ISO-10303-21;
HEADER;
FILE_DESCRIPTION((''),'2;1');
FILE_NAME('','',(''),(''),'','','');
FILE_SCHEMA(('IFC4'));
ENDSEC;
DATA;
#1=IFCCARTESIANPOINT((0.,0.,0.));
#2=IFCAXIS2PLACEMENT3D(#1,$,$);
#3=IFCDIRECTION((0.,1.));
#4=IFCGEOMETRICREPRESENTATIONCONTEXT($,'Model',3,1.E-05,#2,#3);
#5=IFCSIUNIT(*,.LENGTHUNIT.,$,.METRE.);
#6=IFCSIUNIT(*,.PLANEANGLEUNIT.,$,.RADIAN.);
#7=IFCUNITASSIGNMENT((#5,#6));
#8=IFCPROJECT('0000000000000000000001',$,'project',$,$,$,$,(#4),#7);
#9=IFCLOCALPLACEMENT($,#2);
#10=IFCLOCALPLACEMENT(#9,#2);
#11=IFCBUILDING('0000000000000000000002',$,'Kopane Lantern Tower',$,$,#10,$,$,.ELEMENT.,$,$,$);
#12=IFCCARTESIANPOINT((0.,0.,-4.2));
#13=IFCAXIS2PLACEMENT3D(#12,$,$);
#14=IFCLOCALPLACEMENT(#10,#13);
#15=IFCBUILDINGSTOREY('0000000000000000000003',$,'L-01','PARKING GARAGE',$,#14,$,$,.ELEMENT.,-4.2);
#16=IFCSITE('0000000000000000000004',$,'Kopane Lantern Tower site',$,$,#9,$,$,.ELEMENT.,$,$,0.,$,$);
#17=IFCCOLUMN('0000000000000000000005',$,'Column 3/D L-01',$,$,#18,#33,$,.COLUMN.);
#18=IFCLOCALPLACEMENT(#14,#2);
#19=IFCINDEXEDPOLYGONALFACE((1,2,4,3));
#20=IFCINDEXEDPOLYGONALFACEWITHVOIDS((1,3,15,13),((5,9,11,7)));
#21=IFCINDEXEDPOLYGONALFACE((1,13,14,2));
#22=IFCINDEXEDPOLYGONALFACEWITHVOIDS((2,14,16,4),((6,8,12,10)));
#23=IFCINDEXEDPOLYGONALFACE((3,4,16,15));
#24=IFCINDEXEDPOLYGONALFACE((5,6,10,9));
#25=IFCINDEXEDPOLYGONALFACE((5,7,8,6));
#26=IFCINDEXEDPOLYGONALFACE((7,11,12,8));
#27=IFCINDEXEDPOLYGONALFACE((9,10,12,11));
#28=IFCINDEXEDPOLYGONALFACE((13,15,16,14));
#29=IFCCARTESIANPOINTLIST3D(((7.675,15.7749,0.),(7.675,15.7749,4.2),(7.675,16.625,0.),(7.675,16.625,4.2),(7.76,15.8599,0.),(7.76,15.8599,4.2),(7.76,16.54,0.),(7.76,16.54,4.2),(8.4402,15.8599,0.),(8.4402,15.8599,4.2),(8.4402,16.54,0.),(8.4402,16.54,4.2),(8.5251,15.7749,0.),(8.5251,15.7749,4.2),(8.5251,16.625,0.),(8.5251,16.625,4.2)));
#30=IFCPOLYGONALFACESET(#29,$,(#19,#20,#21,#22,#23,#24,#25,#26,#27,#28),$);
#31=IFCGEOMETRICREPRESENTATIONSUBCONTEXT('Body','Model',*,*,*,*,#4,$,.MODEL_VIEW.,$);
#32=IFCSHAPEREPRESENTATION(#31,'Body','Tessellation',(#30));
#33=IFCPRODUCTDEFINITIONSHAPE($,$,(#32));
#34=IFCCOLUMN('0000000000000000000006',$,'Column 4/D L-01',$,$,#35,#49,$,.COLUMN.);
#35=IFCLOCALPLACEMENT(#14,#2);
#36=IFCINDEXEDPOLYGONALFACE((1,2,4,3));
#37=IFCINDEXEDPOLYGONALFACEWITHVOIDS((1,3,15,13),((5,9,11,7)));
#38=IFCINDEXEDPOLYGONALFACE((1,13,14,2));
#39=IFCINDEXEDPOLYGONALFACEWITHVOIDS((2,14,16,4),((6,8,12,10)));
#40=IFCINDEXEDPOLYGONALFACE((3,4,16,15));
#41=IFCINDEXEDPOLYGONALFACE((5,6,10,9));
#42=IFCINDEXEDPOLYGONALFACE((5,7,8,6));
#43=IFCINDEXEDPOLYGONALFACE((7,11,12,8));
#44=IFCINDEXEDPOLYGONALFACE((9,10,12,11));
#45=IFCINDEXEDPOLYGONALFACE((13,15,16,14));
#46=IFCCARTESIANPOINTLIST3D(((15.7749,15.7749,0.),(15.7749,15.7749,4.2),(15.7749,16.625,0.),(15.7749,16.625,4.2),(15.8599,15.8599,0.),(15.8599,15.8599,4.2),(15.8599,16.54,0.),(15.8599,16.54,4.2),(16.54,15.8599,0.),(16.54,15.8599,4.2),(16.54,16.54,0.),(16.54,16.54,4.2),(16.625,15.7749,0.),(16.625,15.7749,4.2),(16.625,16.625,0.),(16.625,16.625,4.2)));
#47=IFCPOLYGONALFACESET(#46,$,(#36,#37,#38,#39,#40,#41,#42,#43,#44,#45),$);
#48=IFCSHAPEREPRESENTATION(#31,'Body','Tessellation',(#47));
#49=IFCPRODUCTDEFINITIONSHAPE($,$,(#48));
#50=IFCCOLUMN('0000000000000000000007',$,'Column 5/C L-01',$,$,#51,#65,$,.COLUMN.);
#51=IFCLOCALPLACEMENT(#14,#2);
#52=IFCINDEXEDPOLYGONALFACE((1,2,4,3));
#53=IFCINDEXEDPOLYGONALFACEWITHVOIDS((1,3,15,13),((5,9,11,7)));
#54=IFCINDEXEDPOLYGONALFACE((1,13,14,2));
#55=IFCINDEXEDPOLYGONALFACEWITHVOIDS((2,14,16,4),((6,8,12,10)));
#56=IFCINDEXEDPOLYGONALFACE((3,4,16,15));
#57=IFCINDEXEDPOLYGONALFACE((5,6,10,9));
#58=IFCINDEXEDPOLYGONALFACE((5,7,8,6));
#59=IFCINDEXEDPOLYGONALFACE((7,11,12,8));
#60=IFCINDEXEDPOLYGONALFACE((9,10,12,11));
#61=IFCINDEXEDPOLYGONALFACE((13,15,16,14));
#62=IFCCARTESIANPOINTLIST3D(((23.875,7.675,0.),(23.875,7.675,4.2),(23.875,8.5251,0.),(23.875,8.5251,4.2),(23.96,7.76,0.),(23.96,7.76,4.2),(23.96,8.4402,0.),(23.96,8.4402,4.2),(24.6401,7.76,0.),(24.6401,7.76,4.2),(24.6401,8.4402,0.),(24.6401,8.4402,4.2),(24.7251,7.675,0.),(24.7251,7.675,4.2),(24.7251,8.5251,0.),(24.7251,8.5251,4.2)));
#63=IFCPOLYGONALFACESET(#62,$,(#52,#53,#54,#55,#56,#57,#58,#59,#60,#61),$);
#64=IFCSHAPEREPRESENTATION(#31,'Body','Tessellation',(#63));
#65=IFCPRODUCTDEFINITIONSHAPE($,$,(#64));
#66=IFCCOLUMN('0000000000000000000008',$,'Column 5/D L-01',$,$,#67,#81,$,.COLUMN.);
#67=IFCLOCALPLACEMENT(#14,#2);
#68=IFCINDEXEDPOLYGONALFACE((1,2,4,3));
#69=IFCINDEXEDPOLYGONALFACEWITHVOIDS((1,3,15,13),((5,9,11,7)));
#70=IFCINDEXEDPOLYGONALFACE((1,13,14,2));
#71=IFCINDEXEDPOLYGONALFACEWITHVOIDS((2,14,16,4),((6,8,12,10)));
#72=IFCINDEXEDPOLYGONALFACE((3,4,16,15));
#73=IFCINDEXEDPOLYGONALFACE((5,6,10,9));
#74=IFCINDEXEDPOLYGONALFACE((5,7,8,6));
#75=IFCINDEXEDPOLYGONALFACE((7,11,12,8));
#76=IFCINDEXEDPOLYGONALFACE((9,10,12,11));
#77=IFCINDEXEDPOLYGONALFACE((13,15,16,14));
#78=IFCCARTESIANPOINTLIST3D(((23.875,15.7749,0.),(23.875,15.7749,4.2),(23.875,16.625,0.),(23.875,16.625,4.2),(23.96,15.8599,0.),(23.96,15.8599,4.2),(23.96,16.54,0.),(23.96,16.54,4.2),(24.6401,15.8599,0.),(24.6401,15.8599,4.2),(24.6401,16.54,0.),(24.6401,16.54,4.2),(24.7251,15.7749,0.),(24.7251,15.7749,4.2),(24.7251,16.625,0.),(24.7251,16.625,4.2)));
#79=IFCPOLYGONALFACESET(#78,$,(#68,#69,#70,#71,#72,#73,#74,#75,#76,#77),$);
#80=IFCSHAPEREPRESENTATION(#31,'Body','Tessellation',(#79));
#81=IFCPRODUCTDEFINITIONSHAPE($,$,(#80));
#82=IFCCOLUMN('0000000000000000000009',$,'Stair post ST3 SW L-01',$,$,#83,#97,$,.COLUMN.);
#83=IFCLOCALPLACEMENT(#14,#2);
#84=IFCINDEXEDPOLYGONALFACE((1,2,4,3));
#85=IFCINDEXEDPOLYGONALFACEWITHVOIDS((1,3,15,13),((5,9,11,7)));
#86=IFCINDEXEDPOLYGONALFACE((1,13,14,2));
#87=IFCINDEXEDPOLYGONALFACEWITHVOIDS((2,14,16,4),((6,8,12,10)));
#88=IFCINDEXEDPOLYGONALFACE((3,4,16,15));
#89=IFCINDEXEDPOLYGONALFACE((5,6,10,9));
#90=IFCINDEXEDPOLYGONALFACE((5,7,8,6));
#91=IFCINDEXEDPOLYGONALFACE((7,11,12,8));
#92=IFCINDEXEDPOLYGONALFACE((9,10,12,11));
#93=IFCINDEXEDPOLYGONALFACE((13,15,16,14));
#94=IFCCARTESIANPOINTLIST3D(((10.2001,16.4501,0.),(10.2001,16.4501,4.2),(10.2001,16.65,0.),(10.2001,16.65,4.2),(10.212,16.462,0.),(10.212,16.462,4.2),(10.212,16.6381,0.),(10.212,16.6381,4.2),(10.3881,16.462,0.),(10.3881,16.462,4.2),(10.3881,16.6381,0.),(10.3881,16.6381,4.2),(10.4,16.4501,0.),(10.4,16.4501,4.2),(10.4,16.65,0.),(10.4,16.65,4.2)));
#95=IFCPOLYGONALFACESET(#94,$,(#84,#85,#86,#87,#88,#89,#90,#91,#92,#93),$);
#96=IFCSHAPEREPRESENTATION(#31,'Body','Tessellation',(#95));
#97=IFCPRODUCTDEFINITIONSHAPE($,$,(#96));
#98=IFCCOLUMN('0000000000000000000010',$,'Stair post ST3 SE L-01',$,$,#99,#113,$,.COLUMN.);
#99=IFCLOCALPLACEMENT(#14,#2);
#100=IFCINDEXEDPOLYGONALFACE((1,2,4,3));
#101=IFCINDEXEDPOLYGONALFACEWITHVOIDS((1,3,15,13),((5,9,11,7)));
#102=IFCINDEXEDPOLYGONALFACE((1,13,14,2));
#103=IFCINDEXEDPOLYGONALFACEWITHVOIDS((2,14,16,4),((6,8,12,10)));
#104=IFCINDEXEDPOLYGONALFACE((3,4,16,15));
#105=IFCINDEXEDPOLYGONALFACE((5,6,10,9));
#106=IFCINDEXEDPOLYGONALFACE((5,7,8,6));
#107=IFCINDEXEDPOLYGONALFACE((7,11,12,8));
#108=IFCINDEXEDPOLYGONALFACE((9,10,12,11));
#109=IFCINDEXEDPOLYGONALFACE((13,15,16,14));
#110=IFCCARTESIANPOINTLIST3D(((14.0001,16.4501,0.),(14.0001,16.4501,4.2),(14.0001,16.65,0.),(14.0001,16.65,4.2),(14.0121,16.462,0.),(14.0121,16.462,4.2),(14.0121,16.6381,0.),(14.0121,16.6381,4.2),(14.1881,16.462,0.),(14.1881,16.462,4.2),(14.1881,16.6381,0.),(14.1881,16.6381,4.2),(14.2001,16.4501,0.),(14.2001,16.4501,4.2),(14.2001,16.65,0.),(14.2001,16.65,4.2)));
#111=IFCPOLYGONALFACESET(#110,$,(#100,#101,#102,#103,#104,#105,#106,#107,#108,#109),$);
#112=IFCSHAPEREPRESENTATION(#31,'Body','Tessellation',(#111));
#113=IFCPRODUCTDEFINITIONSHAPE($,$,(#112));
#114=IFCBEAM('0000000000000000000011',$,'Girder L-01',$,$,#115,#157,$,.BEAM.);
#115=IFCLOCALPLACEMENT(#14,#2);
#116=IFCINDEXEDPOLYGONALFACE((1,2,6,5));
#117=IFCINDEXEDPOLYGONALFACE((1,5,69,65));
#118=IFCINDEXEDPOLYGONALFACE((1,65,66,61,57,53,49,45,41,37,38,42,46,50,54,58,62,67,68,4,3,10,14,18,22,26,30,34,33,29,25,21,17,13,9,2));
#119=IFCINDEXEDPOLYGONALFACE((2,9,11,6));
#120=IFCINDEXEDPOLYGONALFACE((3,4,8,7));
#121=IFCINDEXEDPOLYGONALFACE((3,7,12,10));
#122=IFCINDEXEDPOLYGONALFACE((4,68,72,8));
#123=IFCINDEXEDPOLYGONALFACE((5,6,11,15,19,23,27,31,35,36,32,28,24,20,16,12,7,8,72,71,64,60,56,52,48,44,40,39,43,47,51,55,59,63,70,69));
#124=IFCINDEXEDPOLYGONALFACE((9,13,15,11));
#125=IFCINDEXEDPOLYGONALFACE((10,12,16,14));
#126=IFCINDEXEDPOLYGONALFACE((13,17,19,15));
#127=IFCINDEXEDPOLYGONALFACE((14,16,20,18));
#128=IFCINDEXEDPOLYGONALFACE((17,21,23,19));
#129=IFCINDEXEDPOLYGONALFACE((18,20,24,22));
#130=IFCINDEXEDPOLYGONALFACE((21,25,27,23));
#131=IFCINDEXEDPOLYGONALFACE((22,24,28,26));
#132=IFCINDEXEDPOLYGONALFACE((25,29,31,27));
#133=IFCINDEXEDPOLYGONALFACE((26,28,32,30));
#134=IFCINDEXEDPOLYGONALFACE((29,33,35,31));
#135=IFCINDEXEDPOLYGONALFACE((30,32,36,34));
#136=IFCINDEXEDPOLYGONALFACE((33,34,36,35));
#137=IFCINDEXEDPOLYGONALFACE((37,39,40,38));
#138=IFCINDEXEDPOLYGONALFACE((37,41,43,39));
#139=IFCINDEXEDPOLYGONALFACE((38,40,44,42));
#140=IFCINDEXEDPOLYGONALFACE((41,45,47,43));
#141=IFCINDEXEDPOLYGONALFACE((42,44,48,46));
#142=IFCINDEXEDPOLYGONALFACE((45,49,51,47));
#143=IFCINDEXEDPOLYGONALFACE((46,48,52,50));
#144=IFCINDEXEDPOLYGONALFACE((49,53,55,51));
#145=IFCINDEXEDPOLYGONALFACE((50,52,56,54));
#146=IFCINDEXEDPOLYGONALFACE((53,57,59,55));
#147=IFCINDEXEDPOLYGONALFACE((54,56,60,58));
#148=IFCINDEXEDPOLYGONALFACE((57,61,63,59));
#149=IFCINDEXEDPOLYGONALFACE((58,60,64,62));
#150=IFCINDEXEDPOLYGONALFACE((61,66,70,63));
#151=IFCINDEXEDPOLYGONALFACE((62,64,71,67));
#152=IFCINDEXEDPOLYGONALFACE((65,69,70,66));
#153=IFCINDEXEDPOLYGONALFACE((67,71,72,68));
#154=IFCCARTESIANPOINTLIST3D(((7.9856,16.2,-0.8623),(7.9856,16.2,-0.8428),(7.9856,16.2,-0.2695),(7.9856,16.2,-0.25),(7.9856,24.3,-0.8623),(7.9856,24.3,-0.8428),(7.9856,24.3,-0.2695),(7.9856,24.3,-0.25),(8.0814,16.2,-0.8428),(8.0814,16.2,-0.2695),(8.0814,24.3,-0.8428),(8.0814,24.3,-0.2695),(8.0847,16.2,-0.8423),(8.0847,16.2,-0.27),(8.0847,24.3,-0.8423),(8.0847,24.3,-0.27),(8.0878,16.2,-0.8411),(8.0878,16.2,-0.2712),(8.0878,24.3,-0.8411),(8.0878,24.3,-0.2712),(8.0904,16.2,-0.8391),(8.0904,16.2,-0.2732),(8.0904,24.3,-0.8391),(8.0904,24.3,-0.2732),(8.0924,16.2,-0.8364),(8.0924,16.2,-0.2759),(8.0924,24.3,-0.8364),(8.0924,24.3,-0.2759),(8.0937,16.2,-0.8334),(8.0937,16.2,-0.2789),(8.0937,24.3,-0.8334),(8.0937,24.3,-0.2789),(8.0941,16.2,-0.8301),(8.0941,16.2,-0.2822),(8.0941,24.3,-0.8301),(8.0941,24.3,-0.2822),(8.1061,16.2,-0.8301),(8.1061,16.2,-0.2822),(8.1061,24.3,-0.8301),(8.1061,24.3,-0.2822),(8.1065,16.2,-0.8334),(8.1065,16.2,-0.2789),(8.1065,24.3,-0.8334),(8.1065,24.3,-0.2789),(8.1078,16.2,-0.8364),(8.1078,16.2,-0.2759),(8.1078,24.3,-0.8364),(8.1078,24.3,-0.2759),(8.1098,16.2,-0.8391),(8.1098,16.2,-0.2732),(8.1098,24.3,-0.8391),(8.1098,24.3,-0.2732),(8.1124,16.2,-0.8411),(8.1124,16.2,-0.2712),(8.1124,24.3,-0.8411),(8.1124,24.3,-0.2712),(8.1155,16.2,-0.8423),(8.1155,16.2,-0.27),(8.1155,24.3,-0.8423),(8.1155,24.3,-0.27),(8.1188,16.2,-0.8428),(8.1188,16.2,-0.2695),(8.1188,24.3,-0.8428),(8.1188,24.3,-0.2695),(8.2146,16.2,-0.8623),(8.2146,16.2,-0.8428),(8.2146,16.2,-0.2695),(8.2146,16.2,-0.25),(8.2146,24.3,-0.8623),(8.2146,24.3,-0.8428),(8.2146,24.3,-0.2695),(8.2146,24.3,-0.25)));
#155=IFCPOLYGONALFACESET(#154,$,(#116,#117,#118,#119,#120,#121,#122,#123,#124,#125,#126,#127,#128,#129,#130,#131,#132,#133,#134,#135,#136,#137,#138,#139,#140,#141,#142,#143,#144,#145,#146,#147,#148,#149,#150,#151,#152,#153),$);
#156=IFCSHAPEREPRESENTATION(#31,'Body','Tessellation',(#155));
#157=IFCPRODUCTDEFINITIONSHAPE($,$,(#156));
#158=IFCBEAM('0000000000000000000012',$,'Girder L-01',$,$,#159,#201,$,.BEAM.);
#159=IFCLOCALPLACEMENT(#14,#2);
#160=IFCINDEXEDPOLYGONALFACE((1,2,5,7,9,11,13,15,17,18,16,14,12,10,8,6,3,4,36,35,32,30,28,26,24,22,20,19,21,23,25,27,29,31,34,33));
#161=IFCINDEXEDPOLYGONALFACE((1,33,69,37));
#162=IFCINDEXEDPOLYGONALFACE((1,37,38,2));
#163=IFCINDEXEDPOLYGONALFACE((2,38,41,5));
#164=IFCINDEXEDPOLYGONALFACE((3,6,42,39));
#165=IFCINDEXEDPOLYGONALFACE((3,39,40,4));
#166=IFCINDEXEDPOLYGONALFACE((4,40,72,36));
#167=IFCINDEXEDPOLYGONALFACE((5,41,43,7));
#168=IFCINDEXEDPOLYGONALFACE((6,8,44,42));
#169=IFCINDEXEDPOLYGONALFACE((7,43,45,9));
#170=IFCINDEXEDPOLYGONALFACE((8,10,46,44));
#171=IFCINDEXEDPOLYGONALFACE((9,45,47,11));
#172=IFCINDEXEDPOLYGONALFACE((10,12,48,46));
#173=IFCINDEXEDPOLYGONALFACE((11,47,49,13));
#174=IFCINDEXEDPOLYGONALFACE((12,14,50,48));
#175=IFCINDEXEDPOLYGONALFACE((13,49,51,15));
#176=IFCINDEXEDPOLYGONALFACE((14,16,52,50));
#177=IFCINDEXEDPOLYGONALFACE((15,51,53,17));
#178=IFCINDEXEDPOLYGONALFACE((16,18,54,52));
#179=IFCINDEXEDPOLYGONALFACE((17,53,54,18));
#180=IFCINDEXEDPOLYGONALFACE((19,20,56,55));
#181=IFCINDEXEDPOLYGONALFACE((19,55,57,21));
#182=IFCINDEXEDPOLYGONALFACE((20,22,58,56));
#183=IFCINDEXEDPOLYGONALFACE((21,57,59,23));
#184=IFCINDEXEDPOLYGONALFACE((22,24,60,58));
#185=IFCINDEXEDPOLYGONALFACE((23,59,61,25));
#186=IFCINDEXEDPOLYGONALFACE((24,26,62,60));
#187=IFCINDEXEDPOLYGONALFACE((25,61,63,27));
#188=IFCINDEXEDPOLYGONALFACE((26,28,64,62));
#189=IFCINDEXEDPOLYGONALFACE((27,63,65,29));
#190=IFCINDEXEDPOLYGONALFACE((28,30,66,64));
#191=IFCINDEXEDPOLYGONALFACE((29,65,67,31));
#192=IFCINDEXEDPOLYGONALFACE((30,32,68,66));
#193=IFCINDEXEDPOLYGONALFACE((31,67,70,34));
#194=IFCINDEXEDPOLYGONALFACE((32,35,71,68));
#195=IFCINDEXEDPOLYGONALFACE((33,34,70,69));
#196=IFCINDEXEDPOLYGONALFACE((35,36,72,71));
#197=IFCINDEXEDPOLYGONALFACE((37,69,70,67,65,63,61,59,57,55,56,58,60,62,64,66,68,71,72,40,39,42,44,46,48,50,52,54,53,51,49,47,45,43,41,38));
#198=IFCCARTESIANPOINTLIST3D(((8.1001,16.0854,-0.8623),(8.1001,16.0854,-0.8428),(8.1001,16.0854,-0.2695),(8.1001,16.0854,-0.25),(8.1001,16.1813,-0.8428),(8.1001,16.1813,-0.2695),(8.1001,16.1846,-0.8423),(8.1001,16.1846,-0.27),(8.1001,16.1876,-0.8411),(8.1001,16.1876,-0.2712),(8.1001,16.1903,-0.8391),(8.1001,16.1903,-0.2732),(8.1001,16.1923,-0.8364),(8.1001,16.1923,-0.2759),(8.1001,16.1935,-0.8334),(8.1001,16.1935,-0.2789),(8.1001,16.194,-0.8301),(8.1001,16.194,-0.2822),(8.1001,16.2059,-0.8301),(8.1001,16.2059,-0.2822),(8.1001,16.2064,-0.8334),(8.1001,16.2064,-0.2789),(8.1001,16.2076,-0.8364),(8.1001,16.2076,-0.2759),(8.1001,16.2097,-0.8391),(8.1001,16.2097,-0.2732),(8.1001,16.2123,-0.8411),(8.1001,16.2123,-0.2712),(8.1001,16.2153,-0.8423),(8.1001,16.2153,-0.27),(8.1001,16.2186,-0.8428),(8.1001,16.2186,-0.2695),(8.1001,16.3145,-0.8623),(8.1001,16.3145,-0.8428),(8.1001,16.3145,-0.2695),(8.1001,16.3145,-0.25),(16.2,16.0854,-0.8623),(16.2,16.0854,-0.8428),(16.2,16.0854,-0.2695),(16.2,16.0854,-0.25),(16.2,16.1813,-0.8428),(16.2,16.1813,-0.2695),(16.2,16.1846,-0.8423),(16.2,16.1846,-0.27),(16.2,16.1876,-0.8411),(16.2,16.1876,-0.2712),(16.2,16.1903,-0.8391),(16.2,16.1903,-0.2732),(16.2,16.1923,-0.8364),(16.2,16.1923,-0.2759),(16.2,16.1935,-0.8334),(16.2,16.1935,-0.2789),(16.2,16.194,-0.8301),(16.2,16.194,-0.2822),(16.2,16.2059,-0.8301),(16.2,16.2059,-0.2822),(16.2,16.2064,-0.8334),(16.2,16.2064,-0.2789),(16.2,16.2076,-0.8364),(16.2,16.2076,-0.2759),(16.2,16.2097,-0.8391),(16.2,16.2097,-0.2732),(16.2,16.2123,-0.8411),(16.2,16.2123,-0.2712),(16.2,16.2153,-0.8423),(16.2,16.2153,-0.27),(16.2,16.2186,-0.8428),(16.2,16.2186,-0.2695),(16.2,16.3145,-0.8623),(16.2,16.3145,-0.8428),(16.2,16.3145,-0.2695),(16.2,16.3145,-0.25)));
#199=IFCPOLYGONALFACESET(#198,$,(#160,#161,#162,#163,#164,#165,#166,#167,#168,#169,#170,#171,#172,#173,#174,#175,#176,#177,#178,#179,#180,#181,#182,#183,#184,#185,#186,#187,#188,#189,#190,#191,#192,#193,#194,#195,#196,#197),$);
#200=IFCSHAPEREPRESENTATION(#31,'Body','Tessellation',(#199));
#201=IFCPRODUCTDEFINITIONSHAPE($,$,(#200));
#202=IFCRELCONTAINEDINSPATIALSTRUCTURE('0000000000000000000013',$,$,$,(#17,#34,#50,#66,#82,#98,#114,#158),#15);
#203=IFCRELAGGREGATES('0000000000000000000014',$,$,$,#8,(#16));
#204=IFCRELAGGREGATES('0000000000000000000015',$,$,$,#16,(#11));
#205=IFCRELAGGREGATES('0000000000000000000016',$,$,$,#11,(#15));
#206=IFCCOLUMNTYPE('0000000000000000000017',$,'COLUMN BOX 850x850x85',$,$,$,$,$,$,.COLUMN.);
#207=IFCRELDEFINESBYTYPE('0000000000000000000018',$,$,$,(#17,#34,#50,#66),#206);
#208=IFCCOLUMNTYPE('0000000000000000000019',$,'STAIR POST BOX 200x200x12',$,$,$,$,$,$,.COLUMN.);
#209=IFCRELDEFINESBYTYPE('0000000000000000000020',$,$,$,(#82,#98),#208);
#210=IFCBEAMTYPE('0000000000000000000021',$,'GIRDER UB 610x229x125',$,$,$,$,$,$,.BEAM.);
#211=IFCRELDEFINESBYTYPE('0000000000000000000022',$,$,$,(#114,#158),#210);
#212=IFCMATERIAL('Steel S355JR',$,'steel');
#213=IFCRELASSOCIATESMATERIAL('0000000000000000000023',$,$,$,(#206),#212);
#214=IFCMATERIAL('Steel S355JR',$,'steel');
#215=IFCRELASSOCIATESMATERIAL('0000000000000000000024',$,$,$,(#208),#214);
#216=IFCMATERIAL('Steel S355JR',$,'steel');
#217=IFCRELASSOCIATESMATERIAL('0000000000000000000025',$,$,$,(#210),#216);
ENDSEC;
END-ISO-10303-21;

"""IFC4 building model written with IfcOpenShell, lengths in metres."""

from ifc_helpers import new_model, si_unit, direction, frame, origin, origin_2d, place, context, subcontext, project, spatial, hollow_rectangle, i_section, extrude, material, material_profile, profile_set, type_object, element, save


model = new_model("IFC4")

# Units and contexts
model_context = context("Model", 3, precision=1e-05, world=origin(), true_north=direction((0.0, 1.0)))
body_context = subcontext(model_context, "Body", "Model", "MODEL_VIEW")
ifc_project = project(units=[si_unit("LENGTHUNIT", "METRE"), si_unit("PLANEANGLEUNIT", "RADIAN")], contexts=[model_context])

# Site, building, storey
site_placement = place(None, origin())
site = spatial("IfcSite", under=ifc_project, at=site_placement, Name="Kopane Lantern Tower site", CompositionType="ELEMENT", RefElevation=0.0)
building_placement = place(site_placement, origin())
building = spatial("IfcBuilding", under=site, at=building_placement, Name="Kopane Lantern Tower", CompositionType="ELEMENT")
storey_placement = place(building_placement, frame((0.0, 0.0, -4.2)))
storey = spatial("IfcBuildingStorey", under=building, at=storey_placement, Name="L-01", Description="PARKING GARAGE", CompositionType="ELEMENT", Elevation=-4.2)

# Columns
ifc_material_1 = material(Name="Steel S355JR", Category="steel")
ifc_material_profile_1 = material_profile(ifc_material_1, hollow_rectangle(XDim=0.8501, YDim=0.8501, WallThickness=0.085, at=origin_2d()), Name="BOX 850x850x85")
ifc_profile_set_1 = profile_set([ifc_material_profile_1], Name="Steel S355JR")
column_type_1 = type_object("IfcColumnType", Name="COLUMN BOX 850x850x85", PredefinedType="COLUMN", material=ifc_profile_set_1)
for number, where, z_axis, x_axis, name in (
    (1, (8.1001, 16.2, 0.0), (0.0, 0.0, 1.0), (1.0, 0.0, 0.0), "Column 3/D L-01"),
    (2, (16.2, 16.2, 0.0), (0.0, 0.0, 1.0), (1.0, 0.0, 0.0), "Column 4/D L-01"),
    (3, (24.3, 8.1001, 0.0), (0.0, 0.0, 1.0), (1.0, 0.0, 0.0), "Column 5/C L-01"),
    (4, (24.3, 16.2, 0.0), (0.0, 0.0, 1.0), (1.0, 0.0, 0.0), "Column 5/D L-01"),
):
    element("IfcColumn", number, at=place(storey_placement, frame(where, z_axis=z_axis, x_axis=x_axis)), inside=storey, type_object=column_type_1, Name=name, PredefinedType="COLUMN", context=body_context, shape_type="SweptSolid", body=[
        extrude(hollow_rectangle(XDim=0.8501, YDim=0.8501, WallThickness=0.085, at=origin_2d()), origin(), (0.0, 0.0, 1.0), 4.2),
    ])
ifc_material_2 = material(Name="Steel S355JR", Category="steel")
ifc_material_profile_2 = material_profile(ifc_material_2, hollow_rectangle(XDim=0.2, YDim=0.2, WallThickness=0.012, at=origin_2d()), Name="BOX 200x200x12")
ifc_profile_set_2 = profile_set([ifc_material_profile_2], Name="Steel S355JR")
column_type_2 = type_object("IfcColumnType", Name="STAIR POST BOX 200x200x12", PredefinedType="COLUMN", material=ifc_profile_set_2)
for number, where, z_axis, x_axis, name in (
    (5, (10.3, 16.55, 0.0), (0.0, 0.0, 1.0), (1.0, 0.0, 0.0), "Stair post ST3 SW L-01"),
    (6, (14.1001, 16.55, 0.0), (0.0, 0.0, 1.0), (1.0, 0.0, 0.0), "Stair post ST3 SE L-01"),
):
    element("IfcColumn", number, at=place(storey_placement, frame(where, z_axis=z_axis, x_axis=x_axis)), inside=storey, type_object=column_type_2, Name=name, PredefinedType="COLUMN", context=body_context, shape_type="SweptSolid", body=[
        extrude(hollow_rectangle(XDim=0.2, YDim=0.2, WallThickness=0.012, at=origin_2d()), origin(), (0.0, 0.0, 1.0), 4.2),
    ])

# Beams
ifc_material_3 = material(Name="Steel S355JR", Category="steel")
ifc_material_profile_3 = material_profile(ifc_material_3, i_section(OverallWidth=0.229, OverallDepth=0.6123, WebThickness=0.012, FlangeThickness=0.0195, FilletRadius=0.0127, at=origin_2d()), Name="UB 610x229x125")
ifc_profile_set_3 = profile_set([ifc_material_profile_3], Name="Steel S355JR")
beam_type = type_object("IfcBeamType", Name="GIRDER UB 610x229x125", PredefinedType="BEAM", material=ifc_profile_set_3)
beam_1_placement = place(storey_placement, frame((8.1001, 16.2, -0.5562), z_axis=(0.0, 1.0, 0.0), x_axis=(-1.0, 0.0, 0.0)))
element("IfcBeam", 7, at=beam_1_placement, inside=storey, type_object=beam_type, Name="Girder L-01", PredefinedType="BEAM", context=body_context, shape_type="SweptSolid", body=[
    extrude(i_section(OverallWidth=0.229, OverallDepth=0.6123, WebThickness=0.012, FlangeThickness=0.0195, FilletRadius=0.0127, at=origin_2d()), origin(), (0.0, 0.0, 1.0), 8.1001),
])
beam_2_placement = place(storey_placement, frame((8.1001, 16.2, -0.5562), z_axis=(1.0, 0.0, 0.0), x_axis=(0.0, 1.0, 0.0)))
element("IfcBeam", 8, at=beam_2_placement, inside=storey, type_object=beam_type, Name="Girder L-01", PredefinedType="BEAM", context=body_context, shape_type="SweptSolid", body=[
    extrude(i_section(OverallWidth=0.229, OverallDepth=0.6123, WebThickness=0.012, FlangeThickness=0.0195, FilletRadius=0.0127, at=origin_2d()), origin(), (0.0, 0.0, 1.0), 8.0999),
])

save(model, "model.ifc")
